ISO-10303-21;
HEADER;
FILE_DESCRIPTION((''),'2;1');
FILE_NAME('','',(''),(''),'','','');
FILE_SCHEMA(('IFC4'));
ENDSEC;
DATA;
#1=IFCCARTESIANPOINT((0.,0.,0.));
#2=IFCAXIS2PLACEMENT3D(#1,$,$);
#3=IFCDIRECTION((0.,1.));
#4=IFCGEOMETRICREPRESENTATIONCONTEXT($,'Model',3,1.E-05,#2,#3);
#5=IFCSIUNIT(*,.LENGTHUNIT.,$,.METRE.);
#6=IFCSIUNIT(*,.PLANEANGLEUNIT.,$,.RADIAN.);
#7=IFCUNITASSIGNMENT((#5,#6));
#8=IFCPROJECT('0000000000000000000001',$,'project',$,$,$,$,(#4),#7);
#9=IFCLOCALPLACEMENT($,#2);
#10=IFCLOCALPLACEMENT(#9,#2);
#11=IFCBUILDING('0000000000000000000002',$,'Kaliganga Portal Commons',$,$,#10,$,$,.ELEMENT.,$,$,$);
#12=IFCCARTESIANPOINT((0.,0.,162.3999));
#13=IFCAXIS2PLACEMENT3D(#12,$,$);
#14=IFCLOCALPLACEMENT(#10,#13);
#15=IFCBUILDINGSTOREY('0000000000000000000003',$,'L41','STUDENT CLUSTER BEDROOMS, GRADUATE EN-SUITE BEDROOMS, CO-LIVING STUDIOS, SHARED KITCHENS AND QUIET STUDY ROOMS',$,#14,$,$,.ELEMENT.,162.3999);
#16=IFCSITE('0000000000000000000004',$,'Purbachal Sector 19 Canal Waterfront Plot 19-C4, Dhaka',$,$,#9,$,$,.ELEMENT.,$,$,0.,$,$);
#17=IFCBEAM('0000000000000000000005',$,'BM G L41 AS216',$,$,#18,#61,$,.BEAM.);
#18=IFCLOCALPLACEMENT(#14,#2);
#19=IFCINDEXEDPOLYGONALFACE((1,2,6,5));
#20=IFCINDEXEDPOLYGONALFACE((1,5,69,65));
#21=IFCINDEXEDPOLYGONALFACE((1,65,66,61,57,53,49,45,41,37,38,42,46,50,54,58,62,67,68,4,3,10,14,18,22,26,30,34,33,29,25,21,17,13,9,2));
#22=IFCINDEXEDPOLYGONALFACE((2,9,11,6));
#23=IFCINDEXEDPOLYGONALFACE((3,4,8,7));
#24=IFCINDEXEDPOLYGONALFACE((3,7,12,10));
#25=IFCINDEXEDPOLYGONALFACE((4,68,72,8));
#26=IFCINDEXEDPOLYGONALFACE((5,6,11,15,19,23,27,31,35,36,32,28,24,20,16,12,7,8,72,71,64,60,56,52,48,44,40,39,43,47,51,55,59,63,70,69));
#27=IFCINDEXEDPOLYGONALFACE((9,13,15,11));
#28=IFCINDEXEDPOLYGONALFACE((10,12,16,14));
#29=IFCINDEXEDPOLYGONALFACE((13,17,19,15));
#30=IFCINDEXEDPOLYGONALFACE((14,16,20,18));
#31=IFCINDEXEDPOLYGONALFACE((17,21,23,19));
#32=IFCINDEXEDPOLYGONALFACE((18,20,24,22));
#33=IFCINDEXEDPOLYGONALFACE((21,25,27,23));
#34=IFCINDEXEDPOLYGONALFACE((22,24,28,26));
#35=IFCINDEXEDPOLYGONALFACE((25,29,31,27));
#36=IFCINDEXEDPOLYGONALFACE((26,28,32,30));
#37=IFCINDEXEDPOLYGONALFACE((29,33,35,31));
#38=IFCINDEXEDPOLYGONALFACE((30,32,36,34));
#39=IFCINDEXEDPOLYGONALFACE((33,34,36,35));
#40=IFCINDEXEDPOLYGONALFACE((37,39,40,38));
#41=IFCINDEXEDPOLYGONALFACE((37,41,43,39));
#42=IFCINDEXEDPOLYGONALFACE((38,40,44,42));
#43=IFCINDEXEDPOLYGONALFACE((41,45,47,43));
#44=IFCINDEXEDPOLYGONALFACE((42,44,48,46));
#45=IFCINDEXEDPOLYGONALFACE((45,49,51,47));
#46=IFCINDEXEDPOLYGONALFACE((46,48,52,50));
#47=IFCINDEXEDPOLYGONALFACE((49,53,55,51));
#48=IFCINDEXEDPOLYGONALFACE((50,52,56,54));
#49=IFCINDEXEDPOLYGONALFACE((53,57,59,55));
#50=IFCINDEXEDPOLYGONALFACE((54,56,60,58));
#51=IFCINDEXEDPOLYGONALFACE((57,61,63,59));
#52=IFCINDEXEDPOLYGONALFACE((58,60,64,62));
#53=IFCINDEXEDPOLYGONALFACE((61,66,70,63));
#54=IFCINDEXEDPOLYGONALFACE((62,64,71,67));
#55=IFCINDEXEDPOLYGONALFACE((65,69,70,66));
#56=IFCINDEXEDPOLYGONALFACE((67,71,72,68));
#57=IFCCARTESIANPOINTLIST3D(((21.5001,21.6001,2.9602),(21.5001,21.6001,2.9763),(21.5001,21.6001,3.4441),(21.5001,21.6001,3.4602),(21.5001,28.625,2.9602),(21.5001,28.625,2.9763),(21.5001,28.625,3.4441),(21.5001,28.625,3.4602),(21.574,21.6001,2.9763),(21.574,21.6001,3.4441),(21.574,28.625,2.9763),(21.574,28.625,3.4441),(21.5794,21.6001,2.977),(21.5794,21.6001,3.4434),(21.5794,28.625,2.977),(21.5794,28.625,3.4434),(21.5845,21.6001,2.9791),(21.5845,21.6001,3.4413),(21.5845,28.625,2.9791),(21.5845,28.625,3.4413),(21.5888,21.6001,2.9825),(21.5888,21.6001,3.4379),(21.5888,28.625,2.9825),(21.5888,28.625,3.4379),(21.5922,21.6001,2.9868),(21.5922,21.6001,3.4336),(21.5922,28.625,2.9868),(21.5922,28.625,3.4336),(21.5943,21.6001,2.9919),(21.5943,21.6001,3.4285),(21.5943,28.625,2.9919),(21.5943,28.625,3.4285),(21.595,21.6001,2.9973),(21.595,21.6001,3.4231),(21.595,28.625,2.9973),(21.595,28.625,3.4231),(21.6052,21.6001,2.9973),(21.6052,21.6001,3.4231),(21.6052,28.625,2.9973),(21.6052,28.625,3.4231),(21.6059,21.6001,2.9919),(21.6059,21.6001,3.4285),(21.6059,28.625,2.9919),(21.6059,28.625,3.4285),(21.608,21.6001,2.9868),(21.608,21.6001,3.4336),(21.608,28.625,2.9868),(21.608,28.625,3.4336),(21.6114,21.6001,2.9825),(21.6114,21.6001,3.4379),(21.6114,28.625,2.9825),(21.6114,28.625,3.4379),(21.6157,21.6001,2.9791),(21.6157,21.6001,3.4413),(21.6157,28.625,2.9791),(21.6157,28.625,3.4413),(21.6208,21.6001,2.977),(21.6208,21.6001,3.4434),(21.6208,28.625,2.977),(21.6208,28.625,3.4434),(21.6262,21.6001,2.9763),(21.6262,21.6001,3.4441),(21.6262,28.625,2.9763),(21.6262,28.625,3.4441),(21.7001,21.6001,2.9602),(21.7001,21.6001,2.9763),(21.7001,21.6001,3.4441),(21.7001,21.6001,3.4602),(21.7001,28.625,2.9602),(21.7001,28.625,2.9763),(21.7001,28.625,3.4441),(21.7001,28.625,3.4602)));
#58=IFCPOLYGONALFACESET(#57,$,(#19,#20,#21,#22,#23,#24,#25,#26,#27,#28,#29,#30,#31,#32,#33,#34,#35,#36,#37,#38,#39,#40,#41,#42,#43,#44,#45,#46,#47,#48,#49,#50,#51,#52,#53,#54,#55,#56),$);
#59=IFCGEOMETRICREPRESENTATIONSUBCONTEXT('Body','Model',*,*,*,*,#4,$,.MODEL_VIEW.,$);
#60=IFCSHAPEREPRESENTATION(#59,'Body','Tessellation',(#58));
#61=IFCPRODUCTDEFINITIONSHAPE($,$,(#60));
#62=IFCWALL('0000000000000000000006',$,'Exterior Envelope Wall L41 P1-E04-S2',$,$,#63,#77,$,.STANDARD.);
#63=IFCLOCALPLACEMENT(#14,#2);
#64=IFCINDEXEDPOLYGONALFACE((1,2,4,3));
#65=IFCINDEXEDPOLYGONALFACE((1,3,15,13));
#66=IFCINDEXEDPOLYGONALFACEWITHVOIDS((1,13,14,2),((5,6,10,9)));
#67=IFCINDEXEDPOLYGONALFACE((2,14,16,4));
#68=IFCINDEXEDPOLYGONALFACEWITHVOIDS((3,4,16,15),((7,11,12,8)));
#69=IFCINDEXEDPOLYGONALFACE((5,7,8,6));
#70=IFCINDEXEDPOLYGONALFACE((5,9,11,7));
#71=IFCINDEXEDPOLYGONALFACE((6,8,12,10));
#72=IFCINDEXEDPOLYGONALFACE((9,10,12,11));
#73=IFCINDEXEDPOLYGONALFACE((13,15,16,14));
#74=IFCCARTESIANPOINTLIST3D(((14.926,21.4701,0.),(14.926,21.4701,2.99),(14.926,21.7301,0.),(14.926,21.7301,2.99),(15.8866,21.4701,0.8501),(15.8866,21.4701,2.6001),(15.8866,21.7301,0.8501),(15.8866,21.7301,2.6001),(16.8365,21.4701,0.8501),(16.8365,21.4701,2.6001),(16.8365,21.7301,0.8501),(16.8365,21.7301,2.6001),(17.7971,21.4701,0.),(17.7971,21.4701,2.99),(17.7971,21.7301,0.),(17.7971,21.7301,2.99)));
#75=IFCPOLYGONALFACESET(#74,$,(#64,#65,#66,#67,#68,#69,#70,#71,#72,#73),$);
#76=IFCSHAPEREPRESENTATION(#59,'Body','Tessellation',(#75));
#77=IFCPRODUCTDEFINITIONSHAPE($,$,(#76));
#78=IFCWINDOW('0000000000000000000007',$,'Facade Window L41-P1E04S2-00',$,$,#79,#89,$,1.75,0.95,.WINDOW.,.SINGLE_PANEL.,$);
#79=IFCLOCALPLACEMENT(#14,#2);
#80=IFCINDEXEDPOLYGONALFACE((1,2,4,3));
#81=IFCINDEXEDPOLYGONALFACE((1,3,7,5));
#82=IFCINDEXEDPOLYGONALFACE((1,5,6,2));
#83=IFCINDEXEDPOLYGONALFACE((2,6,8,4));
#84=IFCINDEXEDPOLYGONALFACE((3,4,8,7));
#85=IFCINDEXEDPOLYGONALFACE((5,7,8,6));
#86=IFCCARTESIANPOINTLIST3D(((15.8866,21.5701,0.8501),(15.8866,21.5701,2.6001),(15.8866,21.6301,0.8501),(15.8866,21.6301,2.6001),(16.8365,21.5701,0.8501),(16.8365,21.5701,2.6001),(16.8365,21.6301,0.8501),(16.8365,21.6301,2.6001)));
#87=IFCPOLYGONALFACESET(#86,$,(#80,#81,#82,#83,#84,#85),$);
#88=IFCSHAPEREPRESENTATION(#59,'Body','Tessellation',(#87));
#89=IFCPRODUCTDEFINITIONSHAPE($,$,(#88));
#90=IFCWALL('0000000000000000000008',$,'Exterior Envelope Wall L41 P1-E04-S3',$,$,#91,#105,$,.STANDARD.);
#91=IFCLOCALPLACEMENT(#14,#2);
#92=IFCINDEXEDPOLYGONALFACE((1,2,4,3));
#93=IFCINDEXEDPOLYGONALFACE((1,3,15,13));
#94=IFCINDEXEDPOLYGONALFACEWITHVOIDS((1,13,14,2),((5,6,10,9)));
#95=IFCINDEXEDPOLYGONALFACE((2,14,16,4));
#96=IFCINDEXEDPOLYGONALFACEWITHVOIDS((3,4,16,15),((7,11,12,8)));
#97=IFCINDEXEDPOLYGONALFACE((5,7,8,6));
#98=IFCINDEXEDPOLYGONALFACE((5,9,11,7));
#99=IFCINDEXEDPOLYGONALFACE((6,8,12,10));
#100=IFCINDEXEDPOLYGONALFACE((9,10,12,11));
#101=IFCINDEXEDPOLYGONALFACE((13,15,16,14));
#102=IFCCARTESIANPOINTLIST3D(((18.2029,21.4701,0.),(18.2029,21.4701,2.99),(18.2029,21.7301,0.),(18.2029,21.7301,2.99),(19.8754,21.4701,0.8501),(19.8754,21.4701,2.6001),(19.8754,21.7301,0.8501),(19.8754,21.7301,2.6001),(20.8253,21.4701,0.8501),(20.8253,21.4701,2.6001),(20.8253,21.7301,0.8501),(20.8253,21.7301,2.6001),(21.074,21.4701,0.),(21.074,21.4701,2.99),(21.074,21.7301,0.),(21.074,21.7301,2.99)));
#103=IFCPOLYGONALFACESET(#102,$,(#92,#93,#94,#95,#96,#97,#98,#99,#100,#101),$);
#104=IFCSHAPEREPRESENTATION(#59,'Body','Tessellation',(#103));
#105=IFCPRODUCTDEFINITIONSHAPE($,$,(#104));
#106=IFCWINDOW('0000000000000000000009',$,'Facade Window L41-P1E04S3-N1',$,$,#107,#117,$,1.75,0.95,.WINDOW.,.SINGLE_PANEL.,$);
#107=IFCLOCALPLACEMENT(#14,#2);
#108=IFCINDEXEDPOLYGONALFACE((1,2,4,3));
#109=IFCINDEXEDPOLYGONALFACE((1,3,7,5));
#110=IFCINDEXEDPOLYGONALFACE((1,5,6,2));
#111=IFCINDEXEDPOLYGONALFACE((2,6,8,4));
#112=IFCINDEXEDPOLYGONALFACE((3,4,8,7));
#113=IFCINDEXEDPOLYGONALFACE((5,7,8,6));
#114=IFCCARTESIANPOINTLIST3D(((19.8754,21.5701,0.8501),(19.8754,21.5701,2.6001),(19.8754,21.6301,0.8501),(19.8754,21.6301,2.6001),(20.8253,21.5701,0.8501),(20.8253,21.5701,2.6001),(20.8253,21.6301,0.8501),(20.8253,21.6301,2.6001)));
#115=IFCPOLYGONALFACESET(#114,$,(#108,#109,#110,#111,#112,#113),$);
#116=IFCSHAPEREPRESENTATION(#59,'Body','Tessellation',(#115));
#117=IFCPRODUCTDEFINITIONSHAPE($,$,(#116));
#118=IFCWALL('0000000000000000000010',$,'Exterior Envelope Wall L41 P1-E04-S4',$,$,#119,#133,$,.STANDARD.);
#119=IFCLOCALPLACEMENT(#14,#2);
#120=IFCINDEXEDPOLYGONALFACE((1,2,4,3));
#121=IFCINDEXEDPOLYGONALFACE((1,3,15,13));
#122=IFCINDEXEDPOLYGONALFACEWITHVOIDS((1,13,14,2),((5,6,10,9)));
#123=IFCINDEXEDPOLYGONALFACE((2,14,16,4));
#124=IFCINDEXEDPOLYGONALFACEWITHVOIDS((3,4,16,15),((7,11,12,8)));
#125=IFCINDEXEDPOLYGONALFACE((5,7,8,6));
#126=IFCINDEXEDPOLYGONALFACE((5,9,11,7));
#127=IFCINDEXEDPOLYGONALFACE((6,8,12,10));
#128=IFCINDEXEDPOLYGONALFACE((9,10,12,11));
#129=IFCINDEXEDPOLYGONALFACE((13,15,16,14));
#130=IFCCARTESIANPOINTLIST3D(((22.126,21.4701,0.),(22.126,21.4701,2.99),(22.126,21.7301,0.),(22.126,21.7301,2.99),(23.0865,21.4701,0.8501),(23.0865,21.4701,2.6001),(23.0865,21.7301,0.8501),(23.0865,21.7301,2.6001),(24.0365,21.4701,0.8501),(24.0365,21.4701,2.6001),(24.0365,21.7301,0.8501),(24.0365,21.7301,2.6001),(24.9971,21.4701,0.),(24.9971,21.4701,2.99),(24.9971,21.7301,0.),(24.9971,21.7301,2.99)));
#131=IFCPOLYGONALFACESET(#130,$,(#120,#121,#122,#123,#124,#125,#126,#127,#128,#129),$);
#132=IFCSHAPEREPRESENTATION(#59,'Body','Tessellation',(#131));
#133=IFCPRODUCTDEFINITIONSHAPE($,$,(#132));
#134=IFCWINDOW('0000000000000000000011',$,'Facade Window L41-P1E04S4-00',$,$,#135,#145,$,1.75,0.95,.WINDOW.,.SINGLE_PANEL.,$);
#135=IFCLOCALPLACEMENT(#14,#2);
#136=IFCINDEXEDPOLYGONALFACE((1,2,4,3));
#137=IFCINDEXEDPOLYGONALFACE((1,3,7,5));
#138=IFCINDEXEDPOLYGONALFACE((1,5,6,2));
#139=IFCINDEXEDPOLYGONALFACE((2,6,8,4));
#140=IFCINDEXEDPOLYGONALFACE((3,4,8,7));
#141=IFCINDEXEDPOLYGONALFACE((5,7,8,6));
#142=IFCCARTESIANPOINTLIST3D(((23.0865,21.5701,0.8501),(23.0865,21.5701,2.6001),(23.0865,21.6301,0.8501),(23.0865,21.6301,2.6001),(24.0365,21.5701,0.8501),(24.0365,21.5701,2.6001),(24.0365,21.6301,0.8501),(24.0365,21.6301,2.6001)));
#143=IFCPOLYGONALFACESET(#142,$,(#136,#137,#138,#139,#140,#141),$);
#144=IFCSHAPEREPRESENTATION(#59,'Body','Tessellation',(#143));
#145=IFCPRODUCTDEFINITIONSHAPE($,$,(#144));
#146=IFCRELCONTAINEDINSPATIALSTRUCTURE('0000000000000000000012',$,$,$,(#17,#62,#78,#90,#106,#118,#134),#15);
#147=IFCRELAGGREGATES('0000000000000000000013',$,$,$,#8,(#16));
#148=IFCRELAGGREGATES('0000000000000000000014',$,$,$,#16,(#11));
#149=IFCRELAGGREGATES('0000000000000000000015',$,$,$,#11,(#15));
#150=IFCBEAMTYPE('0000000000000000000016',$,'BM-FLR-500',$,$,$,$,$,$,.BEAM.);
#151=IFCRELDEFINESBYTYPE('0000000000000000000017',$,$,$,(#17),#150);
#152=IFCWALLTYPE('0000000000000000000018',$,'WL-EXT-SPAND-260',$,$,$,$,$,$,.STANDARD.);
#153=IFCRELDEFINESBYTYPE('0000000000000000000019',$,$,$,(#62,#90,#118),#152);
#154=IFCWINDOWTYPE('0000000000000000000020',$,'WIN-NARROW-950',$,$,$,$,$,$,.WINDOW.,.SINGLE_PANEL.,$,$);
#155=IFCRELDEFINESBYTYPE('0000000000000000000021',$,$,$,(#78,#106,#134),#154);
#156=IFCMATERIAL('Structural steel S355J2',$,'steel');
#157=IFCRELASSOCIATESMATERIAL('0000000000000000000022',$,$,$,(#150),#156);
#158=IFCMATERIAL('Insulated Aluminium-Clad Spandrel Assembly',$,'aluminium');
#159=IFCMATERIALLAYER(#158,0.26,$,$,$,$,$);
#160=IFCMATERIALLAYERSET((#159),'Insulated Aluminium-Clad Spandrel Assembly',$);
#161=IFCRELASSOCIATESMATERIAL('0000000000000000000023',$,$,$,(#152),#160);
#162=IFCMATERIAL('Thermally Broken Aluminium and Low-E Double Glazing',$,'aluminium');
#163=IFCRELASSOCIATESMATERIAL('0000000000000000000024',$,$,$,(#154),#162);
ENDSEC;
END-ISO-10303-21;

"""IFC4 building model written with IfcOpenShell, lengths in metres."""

from ifc_helpers import new_model, si_unit, direction, frame, frame_2d, origin, origin_2d, place, context, subcontext, project, spatial, rectangle, i_section, extrude, source, transform, mapped, material, layer, layer_set, material_profile, profile_set, type_object, element, fill, save


model = new_model("IFC4")

# Units and contexts
model_context = context("Model", 3, precision=1e-05, world=origin(), true_north=direction((0.0, 1.0)))
body_context = subcontext(model_context, "Body", "Model", "MODEL_VIEW")
ifc_project = project(units=[si_unit("LENGTHUNIT", "METRE"), si_unit("PLANEANGLEUNIT", "RADIAN")], contexts=[model_context])

# Site, building, storey
site_placement = place(None, origin())
site = spatial("IfcSite", under=ifc_project, at=site_placement, Name="Purbachal Sector 19 Canal Waterfront Plot 19-C4, Dhaka", CompositionType="ELEMENT", RefElevation=0.0)
building_placement = place(site_placement, origin())
building = spatial("IfcBuilding", under=site, at=building_placement, Name="Kaliganga Portal Commons", CompositionType="ELEMENT")
storey_placement = place(building_placement, frame((0.0, 0.0, 162.3999)))
storey = spatial("IfcBuildingStorey", under=building, at=storey_placement, Name="L41", Description="STUDENT CLUSTER BEDROOMS, GRADUATE EN-SUITE BEDROOMS, CO-LIVING STUDIOS, SHARED KITCHENS AND QUIET STUDY ROOMS", CompositionType="ELEMENT", Elevation=162.3999)

# Beam
ifc_material_1 = material(Name="Structural steel S355J2", Category="steel")
ifc_material_profile_1 = material_profile(ifc_material_1, i_section(OverallWidth=0.2, OverallDepth=0.5, WebThickness=0.0103, FlangeThickness=0.0161, FilletRadius=0.021, at=origin_2d()), Name="IPE 500")
ifc_profile_set_1 = profile_set([ifc_material_profile_1], Name="Structural steel S355J2 wide-flange")
beam_type_1 = type_object("IfcBeamType", Name="BM-FLR-500", PredefinedType="BEAM", material=ifc_profile_set_1)
shared_shape_1 = source(origin(), body_context, "Body", "SweptSolid", [
    extrude(i_section(OverallWidth=0.2, OverallDepth=0.5, WebThickness=0.0103, FlangeThickness=0.0161, FilletRadius=0.021, at=origin_2d()), origin(), (0.0, 0.0, 1.0), 7.0249),
])
beam_1_placement = place(storey_placement, frame((21.6001, 21.6001, 3.2102), z_axis=(0.0, 1.0, 0.0), x_axis=(-1.0, 0.0, 0.0)))
element("IfcBeam", 1, at=beam_1_placement, inside=storey, type_object=beam_type_1, Name="BM G L41 AS216", PredefinedType="BEAM", context=body_context, shape_type="MappedRepresentation", body=[
    mapped(shared_shape_1, transform((0.0, 0.0, 0.0), x_axis=(1.0, 0.0, 0.0), y_axis=(0.0, 1.0, 0.0), z_axis=(0.0, 0.0, 1.0), scale=1.0)),
])

# Walls, openings, windows
ifc_material_2 = material(Name="Insulated Aluminium-Clad Spandrel Assembly", Category="aluminium")
ifc_layer_1 = layer(ifc_material_2, 0.26)
ifc_layer_set_1 = layer_set([ifc_layer_1], Name="Insulated Aluminium-Clad Spandrel Assembly")
wall_type_1 = type_object("IfcWallType", Name="WL-EXT-SPAND-260", PredefinedType="STANDARD", material=ifc_layer_set_1)
wall_1_placement = place(storey_placement, frame((17.7971, 21.6001, 0.0), z_axis=(0.0, 0.0, 1.0), x_axis=(-1.0, 0.0, 0.0)))
wall_1 = element("IfcWall", 2, at=wall_1_placement, inside=storey, type_object=wall_type_1, Name="Exterior Envelope Wall L41 P1-E04-S2", PredefinedType="STANDARD", context=body_context, shape_type="SweptSolid", body=[
    extrude(rectangle(XDim=2.8711, YDim=0.26, at=frame_2d((1.4355, 0.0))), origin(), (0.0, 0.0, 1.0), 2.99),
])
opening_1_placement = place(wall_1_placement, frame((0.9604, 0.0, 0.8501)))
opening_1 = element("IfcOpeningElement", 3, at=opening_1_placement, cuts=wall_1, PredefinedType="OPENING", context=body_context, shape_type="SweptSolid", body=[
    extrude(rectangle(XDim=0.95, YDim=1.75, at=frame_2d((0.4751, 0.875))), frame((0.0, 0.1401, 0.0), z_axis=(0.0, -1.0, 0.0), x_axis=(1.0, 0.0, 0.0)), (0.0, 0.0, 1.0), 0.28),
])
ifc_material_3 = material(Name="Thermally Broken Aluminium and Low-E Double Glazing", Category="aluminium")
window_type_1 = type_object("IfcWindowType", Name="WIN-NARROW-950", PartitioningType="SINGLE_PANEL", PredefinedType="WINDOW", material=ifc_material_3)
window_1_placement = place(opening_1_placement, origin())
window_1 = element("IfcWindow", 4, at=window_1_placement, inside=storey, type_object=window_type_1, Name="Facade Window L41-P1E04S2-00", OverallHeight=1.75, OverallWidth=0.95, PartitioningType="SINGLE_PANEL", PredefinedType="WINDOW", context=body_context, shape_type="SweptSolid", body=[
    extrude(rectangle(XDim=0.95, YDim=1.75, at=frame_2d((0.4751, 0.875))), frame((0.0, 0.03, 0.0), z_axis=(0.0, -1.0, 0.0), x_axis=(1.0, 0.0, 0.0)), (0.0, 0.0, 1.0), 0.0601),
])
fill(opening_1, window_1)
wall_2_placement = place(storey_placement, frame((21.074, 21.6001, 0.0), z_axis=(0.0, 0.0, 1.0), x_axis=(-1.0, 0.0, 0.0)))
wall_2 = element("IfcWall", 5, at=wall_2_placement, inside=storey, type_object=wall_type_1, Name="Exterior Envelope Wall L41 P1-E04-S3", PredefinedType="STANDARD", context=body_context, shape_type="SweptSolid", body=[
    extrude(rectangle(XDim=2.8711, YDim=0.26, at=frame_2d((1.4355, 0.0))), origin(), (0.0, 0.0, 1.0), 2.99),
])
opening_2_placement = place(wall_2_placement, frame((0.2485, 0.0, 0.8501)))
opening_2 = element("IfcOpeningElement", 6, at=opening_2_placement, cuts=wall_2, PredefinedType="OPENING", context=body_context, shape_type="SweptSolid", body=[
    extrude(rectangle(XDim=0.95, YDim=1.75, at=frame_2d((0.4751, 0.875))), frame((0.0, 0.1401, 0.0), z_axis=(0.0, -1.0, 0.0), x_axis=(1.0, 0.0, 0.0)), (0.0, 0.0, 1.0), 0.28),
])
window_2_placement = place(opening_2_placement, origin())
window_2 = element("IfcWindow", 7, at=window_2_placement, inside=storey, type_object=window_type_1, Name="Facade Window L41-P1E04S3-N1", OverallHeight=1.75, OverallWidth=0.95, PartitioningType="SINGLE_PANEL", PredefinedType="WINDOW", context=body_context, shape_type="SweptSolid", body=[
    extrude(rectangle(XDim=0.95, YDim=1.75, at=frame_2d((0.4751, 0.875))), frame((0.0, 0.03, 0.0), z_axis=(0.0, -1.0, 0.0), x_axis=(1.0, 0.0, 0.0)), (0.0, 0.0, 1.0), 0.0601),
])
fill(opening_2, window_2)
wall_3_placement = place(storey_placement, frame((24.9971, 21.6001, 0.0), z_axis=(0.0, 0.0, 1.0), x_axis=(-1.0, 0.0, 0.0)))
wall_3 = element("IfcWall", 8, at=wall_3_placement, inside=storey, type_object=wall_type_1, Name="Exterior Envelope Wall L41 P1-E04-S4", PredefinedType="STANDARD", context=body_context, shape_type="SweptSolid", body=[
    extrude(rectangle(XDim=2.8711, YDim=0.26, at=frame_2d((1.4355, 0.0))), origin(), (0.0, 0.0, 1.0), 2.99),
])
opening_3_placement = place(wall_3_placement, frame((0.9604, 0.0, 0.8501)))
opening_3 = element("IfcOpeningElement", 9, at=opening_3_placement, cuts=wall_3, PredefinedType="OPENING", context=body_context, shape_type="SweptSolid", body=[
    extrude(rectangle(XDim=0.95, YDim=1.75, at=frame_2d((0.4751, 0.875))), frame((0.0, 0.1401, 0.0), z_axis=(0.0, -1.0, 0.0), x_axis=(1.0, 0.0, 0.0)), (0.0, 0.0, 1.0), 0.28),
])
window_3_placement = place(opening_3_placement, origin())
window_3 = element("IfcWindow", 10, at=window_3_placement, inside=storey, type_object=window_type_1, Name="Facade Window L41-P1E04S4-00", OverallHeight=1.75, OverallWidth=0.95, PartitioningType="SINGLE_PANEL", PredefinedType="WINDOW", context=body_context, shape_type="SweptSolid", body=[
    extrude(rectangle(XDim=0.95, YDim=1.75, at=frame_2d((0.4751, 0.875))), frame((0.0, 0.03, 0.0), z_axis=(0.0, -1.0, 0.0), x_axis=(1.0, 0.0, 0.0)), (0.0, 0.0, 1.0), 0.0601),
])
fill(opening_3, window_3)

save(model, "model.ifc")
